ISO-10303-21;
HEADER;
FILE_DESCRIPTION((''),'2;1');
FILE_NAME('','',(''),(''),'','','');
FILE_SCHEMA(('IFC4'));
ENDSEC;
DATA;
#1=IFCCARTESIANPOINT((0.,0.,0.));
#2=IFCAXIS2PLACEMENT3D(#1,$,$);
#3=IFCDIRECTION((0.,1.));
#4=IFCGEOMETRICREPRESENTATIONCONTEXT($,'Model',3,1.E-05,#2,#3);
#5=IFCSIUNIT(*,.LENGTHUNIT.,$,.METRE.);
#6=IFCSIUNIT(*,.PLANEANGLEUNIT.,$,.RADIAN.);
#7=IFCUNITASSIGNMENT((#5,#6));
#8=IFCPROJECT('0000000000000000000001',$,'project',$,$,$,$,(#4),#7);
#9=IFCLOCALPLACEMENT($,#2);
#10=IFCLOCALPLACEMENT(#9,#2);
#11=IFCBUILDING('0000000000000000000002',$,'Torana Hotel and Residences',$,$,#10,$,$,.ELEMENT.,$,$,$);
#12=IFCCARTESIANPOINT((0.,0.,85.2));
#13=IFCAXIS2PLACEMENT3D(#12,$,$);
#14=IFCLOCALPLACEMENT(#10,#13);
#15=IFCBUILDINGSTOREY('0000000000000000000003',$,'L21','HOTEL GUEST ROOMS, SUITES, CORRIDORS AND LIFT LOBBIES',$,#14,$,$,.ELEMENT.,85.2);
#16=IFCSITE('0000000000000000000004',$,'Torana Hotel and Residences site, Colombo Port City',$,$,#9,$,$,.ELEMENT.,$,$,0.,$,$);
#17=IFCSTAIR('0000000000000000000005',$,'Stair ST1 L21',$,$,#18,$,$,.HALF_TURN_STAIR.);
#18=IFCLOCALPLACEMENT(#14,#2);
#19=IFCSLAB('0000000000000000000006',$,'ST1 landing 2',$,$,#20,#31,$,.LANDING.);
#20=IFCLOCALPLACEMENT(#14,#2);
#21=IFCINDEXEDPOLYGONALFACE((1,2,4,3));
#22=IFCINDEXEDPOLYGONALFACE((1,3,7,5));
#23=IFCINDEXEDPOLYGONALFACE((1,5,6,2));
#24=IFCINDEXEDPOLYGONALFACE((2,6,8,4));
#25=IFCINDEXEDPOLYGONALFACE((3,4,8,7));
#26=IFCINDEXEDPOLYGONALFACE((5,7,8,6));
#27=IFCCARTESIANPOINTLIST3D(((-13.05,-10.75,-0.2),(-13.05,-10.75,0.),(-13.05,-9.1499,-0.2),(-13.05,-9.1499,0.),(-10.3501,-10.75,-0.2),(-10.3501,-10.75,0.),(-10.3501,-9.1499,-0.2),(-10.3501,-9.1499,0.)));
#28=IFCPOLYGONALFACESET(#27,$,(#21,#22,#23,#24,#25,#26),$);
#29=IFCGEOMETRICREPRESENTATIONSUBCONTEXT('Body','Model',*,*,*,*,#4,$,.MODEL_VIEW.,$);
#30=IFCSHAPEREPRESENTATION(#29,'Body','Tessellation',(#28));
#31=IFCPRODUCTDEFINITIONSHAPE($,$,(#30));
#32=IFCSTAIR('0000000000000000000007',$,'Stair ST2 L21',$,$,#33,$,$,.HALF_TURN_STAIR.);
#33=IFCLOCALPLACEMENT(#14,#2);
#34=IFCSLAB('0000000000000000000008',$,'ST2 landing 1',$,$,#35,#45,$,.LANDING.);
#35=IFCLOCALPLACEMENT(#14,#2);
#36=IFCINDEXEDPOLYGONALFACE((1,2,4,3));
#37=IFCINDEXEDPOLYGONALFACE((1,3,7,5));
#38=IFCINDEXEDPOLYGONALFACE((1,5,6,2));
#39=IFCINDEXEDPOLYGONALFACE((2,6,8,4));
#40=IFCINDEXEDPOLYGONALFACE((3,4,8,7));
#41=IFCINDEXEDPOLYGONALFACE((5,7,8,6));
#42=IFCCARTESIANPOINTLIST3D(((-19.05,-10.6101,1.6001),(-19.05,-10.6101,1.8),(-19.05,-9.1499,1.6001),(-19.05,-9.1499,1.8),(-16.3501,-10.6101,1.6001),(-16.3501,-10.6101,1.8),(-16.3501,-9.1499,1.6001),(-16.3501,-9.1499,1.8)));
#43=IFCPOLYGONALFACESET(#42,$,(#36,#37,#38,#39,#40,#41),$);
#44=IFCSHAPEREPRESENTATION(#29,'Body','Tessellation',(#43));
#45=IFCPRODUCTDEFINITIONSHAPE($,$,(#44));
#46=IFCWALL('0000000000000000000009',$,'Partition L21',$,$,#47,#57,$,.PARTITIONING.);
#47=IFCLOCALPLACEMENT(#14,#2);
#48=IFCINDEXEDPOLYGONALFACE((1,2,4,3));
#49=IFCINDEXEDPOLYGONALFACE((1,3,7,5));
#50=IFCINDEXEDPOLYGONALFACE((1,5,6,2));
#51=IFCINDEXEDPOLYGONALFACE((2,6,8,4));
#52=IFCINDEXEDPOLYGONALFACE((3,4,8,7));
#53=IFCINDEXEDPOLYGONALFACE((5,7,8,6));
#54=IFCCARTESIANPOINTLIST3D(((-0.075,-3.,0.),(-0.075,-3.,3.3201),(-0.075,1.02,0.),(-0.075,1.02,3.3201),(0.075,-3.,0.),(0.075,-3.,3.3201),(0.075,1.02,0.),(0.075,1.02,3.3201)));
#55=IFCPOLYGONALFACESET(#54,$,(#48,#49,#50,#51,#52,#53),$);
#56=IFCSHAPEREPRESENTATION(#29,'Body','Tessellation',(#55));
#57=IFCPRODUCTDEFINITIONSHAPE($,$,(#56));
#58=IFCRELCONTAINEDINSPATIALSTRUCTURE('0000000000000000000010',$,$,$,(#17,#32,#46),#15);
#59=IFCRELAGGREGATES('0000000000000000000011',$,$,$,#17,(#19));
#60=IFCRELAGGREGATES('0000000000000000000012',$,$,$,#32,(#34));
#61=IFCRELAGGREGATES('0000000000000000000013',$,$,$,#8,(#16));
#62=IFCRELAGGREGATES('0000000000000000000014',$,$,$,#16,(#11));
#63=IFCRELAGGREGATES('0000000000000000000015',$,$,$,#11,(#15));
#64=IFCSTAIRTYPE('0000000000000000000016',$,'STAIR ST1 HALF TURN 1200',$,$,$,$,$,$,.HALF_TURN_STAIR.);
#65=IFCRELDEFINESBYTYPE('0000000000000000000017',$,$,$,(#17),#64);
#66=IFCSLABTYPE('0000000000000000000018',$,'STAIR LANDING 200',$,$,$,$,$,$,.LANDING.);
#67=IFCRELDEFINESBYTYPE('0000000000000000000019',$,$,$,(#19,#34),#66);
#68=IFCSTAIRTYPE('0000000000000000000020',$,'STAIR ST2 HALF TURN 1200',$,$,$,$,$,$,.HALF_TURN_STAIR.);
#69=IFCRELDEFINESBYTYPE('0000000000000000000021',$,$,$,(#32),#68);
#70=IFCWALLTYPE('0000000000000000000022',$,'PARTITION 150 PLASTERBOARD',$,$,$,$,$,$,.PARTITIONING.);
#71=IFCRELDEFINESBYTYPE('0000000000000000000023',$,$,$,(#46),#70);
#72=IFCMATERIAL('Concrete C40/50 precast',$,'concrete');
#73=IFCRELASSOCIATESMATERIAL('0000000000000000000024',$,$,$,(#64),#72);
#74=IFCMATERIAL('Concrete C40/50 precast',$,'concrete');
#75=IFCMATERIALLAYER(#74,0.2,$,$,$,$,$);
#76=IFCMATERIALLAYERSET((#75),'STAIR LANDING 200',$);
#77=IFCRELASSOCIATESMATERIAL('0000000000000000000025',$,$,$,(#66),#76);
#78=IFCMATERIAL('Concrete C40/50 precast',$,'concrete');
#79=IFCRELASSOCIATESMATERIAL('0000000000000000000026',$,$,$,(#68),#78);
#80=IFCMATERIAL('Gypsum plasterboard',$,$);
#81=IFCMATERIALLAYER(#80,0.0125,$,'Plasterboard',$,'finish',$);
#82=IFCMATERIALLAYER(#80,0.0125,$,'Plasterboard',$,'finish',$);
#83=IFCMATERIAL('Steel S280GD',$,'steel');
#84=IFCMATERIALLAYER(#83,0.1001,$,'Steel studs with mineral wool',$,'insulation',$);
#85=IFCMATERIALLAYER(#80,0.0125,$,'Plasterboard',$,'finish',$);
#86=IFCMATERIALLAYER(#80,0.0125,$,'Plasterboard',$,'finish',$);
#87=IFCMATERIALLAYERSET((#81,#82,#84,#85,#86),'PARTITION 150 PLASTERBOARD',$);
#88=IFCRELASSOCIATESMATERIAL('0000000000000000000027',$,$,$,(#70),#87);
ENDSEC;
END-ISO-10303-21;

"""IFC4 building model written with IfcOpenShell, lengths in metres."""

from ifc_helpers import new_model, si_unit, direction, frame, frame_2d, origin, place, context, subcontext, project, spatial, polyline, rectangle, outline, extrude, material, layer, layer_set, type_object, element, aggregate, save


model = new_model("IFC4")

# Units and contexts
model_context = context("Model", 3, precision=1e-05, world=origin(), true_north=direction((0.0, 1.0)))
body_context = subcontext(model_context, "Body", "Model", "MODEL_VIEW")
ifc_project = project(units=[si_unit("LENGTHUNIT", "METRE"), si_unit("PLANEANGLEUNIT", "RADIAN")], contexts=[model_context])

# Site, building, storey
site_placement = place(None, origin())
site = spatial("IfcSite", under=ifc_project, at=site_placement, Name="Torana Hotel and Residences site, Colombo Port City", CompositionType="ELEMENT", RefElevation=0.0)
building_placement = place(site_placement, origin())
building = spatial("IfcBuilding", under=site, at=building_placement, Name="Torana Hotel and Residences", CompositionType="ELEMENT")
storey_placement = place(building_placement, frame((0.0, 0.0, 85.2)))
storey = spatial("IfcBuildingStorey", under=building, at=storey_placement, Name="L21", Description="HOTEL GUEST ROOMS, SUITES, CORRIDORS AND LIFT LOBBIES", CompositionType="ELEMENT", Elevation=85.2)

# Stair, slab
ifc_material_1 = material(Name="Concrete C40/50 precast", Category="concrete")
stair_type_1 = type_object("IfcStairType", Name="STAIR ST1 HALF TURN 1200", PredefinedType="HALF_TURN_STAIR", material=ifc_material_1)
stair_1_placement = place(storey_placement, origin())
stair_1 = element("IfcStair", 1, at=stair_1_placement, inside=storey, type_object=stair_type_1, Name="Stair ST1 L21", PredefinedType="HALF_TURN_STAIR")
ifc_material_2 = material(Name="Concrete C40/50 precast", Category="concrete")
ifc_layer_1 = layer(ifc_material_2, 0.2)
ifc_layer_set_1 = layer_set([ifc_layer_1], Name="STAIR LANDING 200")
slab_type_1 = type_object("IfcSlabType", Name="STAIR LANDING 200", PredefinedType="LANDING", material=ifc_layer_set_1)
slab_1_placement = place(storey_placement, frame((0.0, 0.0, -0.2)))
slab_1 = element("IfcSlab", 2, at=slab_1_placement, type_object=slab_type_1, Name="ST1 landing 2", PredefinedType="LANDING", context=body_context, shape_type="SweptSolid", body=[
    extrude(outline(polyline([(-13.05, -10.75), (-10.3501, -10.75), (-10.3501, -9.1499), (-13.05, -9.1499), (-13.05, -10.75)])), origin(), (0.0, 0.0, 1.0), 0.2),
])
aggregate(stair_1, [slab_1])

# Stair, slab
ifc_material_3 = material(Name="Concrete C40/50 precast", Category="concrete")
stair_type_2 = type_object("IfcStairType", Name="STAIR ST2 HALF TURN 1200", PredefinedType="HALF_TURN_STAIR", material=ifc_material_3)
stair_2_placement = place(storey_placement, origin())
stair_2 = element("IfcStair", 3, at=stair_2_placement, inside=storey, type_object=stair_type_2, Name="Stair ST2 L21", PredefinedType="HALF_TURN_STAIR")
slab_2_placement = place(storey_placement, frame((0.0, 0.0, 1.6001)))
slab_2 = element("IfcSlab", 4, at=slab_2_placement, type_object=slab_type_1, Name="ST2 landing 1", PredefinedType="LANDING", context=body_context, shape_type="SweptSolid", body=[
    extrude(outline(polyline([(-19.05, -10.6101), (-16.3501, -10.6101), (-16.3501, -9.1499), (-19.05, -9.1499), (-19.05, -10.6101)])), origin(), (0.0, 0.0, 1.0), 0.2),
])
aggregate(stair_2, [slab_2])

# Wall
ifc_material_4 = material(Name="Gypsum plasterboard")
ifc_layer_2 = layer(ifc_material_4, 0.0125, Name="Plasterboard", Category="finish")
ifc_layer_3 = layer(ifc_material_4, 0.0125, Name="Plasterboard", Category="finish")
ifc_material_5 = material(Name="Steel S280GD", Category="steel")
ifc_layer_4 = layer(ifc_material_5, 0.1001, Name="Steel studs with mineral wool", Category="insulation")
ifc_layer_5 = layer(ifc_material_4, 0.0125, Name="Plasterboard", Category="finish")
ifc_layer_6 = layer(ifc_material_4, 0.0125, Name="Plasterboard", Category="finish")
ifc_layer_set_2 = layer_set([ifc_layer_2, ifc_layer_3, ifc_layer_4, ifc_layer_5, ifc_layer_6], Name="PARTITION 150 PLASTERBOARD")
wall_type = type_object("IfcWallType", Name="PARTITION 150 PLASTERBOARD", PredefinedType="PARTITIONING", material=ifc_layer_set_2)
wall_placement = place(storey_placement, frame((0.0, -3.0, 0.0), z_axis=(0.0, 0.0, 1.0), x_axis=(0.0, 1.0, 0.0)))
element("IfcWall", 5, at=wall_placement, inside=storey, type_object=wall_type, Name="Partition L21", PredefinedType="PARTITIONING", context=body_context, shape_type="SweptSolid", body=[
    extrude(rectangle(XDim=4.02, YDim=0.1499, at=frame_2d((2.01, 0.0))), origin(), (0.0, 0.0, 1.0), 3.3201),
])

save(model, "model.ifc")
